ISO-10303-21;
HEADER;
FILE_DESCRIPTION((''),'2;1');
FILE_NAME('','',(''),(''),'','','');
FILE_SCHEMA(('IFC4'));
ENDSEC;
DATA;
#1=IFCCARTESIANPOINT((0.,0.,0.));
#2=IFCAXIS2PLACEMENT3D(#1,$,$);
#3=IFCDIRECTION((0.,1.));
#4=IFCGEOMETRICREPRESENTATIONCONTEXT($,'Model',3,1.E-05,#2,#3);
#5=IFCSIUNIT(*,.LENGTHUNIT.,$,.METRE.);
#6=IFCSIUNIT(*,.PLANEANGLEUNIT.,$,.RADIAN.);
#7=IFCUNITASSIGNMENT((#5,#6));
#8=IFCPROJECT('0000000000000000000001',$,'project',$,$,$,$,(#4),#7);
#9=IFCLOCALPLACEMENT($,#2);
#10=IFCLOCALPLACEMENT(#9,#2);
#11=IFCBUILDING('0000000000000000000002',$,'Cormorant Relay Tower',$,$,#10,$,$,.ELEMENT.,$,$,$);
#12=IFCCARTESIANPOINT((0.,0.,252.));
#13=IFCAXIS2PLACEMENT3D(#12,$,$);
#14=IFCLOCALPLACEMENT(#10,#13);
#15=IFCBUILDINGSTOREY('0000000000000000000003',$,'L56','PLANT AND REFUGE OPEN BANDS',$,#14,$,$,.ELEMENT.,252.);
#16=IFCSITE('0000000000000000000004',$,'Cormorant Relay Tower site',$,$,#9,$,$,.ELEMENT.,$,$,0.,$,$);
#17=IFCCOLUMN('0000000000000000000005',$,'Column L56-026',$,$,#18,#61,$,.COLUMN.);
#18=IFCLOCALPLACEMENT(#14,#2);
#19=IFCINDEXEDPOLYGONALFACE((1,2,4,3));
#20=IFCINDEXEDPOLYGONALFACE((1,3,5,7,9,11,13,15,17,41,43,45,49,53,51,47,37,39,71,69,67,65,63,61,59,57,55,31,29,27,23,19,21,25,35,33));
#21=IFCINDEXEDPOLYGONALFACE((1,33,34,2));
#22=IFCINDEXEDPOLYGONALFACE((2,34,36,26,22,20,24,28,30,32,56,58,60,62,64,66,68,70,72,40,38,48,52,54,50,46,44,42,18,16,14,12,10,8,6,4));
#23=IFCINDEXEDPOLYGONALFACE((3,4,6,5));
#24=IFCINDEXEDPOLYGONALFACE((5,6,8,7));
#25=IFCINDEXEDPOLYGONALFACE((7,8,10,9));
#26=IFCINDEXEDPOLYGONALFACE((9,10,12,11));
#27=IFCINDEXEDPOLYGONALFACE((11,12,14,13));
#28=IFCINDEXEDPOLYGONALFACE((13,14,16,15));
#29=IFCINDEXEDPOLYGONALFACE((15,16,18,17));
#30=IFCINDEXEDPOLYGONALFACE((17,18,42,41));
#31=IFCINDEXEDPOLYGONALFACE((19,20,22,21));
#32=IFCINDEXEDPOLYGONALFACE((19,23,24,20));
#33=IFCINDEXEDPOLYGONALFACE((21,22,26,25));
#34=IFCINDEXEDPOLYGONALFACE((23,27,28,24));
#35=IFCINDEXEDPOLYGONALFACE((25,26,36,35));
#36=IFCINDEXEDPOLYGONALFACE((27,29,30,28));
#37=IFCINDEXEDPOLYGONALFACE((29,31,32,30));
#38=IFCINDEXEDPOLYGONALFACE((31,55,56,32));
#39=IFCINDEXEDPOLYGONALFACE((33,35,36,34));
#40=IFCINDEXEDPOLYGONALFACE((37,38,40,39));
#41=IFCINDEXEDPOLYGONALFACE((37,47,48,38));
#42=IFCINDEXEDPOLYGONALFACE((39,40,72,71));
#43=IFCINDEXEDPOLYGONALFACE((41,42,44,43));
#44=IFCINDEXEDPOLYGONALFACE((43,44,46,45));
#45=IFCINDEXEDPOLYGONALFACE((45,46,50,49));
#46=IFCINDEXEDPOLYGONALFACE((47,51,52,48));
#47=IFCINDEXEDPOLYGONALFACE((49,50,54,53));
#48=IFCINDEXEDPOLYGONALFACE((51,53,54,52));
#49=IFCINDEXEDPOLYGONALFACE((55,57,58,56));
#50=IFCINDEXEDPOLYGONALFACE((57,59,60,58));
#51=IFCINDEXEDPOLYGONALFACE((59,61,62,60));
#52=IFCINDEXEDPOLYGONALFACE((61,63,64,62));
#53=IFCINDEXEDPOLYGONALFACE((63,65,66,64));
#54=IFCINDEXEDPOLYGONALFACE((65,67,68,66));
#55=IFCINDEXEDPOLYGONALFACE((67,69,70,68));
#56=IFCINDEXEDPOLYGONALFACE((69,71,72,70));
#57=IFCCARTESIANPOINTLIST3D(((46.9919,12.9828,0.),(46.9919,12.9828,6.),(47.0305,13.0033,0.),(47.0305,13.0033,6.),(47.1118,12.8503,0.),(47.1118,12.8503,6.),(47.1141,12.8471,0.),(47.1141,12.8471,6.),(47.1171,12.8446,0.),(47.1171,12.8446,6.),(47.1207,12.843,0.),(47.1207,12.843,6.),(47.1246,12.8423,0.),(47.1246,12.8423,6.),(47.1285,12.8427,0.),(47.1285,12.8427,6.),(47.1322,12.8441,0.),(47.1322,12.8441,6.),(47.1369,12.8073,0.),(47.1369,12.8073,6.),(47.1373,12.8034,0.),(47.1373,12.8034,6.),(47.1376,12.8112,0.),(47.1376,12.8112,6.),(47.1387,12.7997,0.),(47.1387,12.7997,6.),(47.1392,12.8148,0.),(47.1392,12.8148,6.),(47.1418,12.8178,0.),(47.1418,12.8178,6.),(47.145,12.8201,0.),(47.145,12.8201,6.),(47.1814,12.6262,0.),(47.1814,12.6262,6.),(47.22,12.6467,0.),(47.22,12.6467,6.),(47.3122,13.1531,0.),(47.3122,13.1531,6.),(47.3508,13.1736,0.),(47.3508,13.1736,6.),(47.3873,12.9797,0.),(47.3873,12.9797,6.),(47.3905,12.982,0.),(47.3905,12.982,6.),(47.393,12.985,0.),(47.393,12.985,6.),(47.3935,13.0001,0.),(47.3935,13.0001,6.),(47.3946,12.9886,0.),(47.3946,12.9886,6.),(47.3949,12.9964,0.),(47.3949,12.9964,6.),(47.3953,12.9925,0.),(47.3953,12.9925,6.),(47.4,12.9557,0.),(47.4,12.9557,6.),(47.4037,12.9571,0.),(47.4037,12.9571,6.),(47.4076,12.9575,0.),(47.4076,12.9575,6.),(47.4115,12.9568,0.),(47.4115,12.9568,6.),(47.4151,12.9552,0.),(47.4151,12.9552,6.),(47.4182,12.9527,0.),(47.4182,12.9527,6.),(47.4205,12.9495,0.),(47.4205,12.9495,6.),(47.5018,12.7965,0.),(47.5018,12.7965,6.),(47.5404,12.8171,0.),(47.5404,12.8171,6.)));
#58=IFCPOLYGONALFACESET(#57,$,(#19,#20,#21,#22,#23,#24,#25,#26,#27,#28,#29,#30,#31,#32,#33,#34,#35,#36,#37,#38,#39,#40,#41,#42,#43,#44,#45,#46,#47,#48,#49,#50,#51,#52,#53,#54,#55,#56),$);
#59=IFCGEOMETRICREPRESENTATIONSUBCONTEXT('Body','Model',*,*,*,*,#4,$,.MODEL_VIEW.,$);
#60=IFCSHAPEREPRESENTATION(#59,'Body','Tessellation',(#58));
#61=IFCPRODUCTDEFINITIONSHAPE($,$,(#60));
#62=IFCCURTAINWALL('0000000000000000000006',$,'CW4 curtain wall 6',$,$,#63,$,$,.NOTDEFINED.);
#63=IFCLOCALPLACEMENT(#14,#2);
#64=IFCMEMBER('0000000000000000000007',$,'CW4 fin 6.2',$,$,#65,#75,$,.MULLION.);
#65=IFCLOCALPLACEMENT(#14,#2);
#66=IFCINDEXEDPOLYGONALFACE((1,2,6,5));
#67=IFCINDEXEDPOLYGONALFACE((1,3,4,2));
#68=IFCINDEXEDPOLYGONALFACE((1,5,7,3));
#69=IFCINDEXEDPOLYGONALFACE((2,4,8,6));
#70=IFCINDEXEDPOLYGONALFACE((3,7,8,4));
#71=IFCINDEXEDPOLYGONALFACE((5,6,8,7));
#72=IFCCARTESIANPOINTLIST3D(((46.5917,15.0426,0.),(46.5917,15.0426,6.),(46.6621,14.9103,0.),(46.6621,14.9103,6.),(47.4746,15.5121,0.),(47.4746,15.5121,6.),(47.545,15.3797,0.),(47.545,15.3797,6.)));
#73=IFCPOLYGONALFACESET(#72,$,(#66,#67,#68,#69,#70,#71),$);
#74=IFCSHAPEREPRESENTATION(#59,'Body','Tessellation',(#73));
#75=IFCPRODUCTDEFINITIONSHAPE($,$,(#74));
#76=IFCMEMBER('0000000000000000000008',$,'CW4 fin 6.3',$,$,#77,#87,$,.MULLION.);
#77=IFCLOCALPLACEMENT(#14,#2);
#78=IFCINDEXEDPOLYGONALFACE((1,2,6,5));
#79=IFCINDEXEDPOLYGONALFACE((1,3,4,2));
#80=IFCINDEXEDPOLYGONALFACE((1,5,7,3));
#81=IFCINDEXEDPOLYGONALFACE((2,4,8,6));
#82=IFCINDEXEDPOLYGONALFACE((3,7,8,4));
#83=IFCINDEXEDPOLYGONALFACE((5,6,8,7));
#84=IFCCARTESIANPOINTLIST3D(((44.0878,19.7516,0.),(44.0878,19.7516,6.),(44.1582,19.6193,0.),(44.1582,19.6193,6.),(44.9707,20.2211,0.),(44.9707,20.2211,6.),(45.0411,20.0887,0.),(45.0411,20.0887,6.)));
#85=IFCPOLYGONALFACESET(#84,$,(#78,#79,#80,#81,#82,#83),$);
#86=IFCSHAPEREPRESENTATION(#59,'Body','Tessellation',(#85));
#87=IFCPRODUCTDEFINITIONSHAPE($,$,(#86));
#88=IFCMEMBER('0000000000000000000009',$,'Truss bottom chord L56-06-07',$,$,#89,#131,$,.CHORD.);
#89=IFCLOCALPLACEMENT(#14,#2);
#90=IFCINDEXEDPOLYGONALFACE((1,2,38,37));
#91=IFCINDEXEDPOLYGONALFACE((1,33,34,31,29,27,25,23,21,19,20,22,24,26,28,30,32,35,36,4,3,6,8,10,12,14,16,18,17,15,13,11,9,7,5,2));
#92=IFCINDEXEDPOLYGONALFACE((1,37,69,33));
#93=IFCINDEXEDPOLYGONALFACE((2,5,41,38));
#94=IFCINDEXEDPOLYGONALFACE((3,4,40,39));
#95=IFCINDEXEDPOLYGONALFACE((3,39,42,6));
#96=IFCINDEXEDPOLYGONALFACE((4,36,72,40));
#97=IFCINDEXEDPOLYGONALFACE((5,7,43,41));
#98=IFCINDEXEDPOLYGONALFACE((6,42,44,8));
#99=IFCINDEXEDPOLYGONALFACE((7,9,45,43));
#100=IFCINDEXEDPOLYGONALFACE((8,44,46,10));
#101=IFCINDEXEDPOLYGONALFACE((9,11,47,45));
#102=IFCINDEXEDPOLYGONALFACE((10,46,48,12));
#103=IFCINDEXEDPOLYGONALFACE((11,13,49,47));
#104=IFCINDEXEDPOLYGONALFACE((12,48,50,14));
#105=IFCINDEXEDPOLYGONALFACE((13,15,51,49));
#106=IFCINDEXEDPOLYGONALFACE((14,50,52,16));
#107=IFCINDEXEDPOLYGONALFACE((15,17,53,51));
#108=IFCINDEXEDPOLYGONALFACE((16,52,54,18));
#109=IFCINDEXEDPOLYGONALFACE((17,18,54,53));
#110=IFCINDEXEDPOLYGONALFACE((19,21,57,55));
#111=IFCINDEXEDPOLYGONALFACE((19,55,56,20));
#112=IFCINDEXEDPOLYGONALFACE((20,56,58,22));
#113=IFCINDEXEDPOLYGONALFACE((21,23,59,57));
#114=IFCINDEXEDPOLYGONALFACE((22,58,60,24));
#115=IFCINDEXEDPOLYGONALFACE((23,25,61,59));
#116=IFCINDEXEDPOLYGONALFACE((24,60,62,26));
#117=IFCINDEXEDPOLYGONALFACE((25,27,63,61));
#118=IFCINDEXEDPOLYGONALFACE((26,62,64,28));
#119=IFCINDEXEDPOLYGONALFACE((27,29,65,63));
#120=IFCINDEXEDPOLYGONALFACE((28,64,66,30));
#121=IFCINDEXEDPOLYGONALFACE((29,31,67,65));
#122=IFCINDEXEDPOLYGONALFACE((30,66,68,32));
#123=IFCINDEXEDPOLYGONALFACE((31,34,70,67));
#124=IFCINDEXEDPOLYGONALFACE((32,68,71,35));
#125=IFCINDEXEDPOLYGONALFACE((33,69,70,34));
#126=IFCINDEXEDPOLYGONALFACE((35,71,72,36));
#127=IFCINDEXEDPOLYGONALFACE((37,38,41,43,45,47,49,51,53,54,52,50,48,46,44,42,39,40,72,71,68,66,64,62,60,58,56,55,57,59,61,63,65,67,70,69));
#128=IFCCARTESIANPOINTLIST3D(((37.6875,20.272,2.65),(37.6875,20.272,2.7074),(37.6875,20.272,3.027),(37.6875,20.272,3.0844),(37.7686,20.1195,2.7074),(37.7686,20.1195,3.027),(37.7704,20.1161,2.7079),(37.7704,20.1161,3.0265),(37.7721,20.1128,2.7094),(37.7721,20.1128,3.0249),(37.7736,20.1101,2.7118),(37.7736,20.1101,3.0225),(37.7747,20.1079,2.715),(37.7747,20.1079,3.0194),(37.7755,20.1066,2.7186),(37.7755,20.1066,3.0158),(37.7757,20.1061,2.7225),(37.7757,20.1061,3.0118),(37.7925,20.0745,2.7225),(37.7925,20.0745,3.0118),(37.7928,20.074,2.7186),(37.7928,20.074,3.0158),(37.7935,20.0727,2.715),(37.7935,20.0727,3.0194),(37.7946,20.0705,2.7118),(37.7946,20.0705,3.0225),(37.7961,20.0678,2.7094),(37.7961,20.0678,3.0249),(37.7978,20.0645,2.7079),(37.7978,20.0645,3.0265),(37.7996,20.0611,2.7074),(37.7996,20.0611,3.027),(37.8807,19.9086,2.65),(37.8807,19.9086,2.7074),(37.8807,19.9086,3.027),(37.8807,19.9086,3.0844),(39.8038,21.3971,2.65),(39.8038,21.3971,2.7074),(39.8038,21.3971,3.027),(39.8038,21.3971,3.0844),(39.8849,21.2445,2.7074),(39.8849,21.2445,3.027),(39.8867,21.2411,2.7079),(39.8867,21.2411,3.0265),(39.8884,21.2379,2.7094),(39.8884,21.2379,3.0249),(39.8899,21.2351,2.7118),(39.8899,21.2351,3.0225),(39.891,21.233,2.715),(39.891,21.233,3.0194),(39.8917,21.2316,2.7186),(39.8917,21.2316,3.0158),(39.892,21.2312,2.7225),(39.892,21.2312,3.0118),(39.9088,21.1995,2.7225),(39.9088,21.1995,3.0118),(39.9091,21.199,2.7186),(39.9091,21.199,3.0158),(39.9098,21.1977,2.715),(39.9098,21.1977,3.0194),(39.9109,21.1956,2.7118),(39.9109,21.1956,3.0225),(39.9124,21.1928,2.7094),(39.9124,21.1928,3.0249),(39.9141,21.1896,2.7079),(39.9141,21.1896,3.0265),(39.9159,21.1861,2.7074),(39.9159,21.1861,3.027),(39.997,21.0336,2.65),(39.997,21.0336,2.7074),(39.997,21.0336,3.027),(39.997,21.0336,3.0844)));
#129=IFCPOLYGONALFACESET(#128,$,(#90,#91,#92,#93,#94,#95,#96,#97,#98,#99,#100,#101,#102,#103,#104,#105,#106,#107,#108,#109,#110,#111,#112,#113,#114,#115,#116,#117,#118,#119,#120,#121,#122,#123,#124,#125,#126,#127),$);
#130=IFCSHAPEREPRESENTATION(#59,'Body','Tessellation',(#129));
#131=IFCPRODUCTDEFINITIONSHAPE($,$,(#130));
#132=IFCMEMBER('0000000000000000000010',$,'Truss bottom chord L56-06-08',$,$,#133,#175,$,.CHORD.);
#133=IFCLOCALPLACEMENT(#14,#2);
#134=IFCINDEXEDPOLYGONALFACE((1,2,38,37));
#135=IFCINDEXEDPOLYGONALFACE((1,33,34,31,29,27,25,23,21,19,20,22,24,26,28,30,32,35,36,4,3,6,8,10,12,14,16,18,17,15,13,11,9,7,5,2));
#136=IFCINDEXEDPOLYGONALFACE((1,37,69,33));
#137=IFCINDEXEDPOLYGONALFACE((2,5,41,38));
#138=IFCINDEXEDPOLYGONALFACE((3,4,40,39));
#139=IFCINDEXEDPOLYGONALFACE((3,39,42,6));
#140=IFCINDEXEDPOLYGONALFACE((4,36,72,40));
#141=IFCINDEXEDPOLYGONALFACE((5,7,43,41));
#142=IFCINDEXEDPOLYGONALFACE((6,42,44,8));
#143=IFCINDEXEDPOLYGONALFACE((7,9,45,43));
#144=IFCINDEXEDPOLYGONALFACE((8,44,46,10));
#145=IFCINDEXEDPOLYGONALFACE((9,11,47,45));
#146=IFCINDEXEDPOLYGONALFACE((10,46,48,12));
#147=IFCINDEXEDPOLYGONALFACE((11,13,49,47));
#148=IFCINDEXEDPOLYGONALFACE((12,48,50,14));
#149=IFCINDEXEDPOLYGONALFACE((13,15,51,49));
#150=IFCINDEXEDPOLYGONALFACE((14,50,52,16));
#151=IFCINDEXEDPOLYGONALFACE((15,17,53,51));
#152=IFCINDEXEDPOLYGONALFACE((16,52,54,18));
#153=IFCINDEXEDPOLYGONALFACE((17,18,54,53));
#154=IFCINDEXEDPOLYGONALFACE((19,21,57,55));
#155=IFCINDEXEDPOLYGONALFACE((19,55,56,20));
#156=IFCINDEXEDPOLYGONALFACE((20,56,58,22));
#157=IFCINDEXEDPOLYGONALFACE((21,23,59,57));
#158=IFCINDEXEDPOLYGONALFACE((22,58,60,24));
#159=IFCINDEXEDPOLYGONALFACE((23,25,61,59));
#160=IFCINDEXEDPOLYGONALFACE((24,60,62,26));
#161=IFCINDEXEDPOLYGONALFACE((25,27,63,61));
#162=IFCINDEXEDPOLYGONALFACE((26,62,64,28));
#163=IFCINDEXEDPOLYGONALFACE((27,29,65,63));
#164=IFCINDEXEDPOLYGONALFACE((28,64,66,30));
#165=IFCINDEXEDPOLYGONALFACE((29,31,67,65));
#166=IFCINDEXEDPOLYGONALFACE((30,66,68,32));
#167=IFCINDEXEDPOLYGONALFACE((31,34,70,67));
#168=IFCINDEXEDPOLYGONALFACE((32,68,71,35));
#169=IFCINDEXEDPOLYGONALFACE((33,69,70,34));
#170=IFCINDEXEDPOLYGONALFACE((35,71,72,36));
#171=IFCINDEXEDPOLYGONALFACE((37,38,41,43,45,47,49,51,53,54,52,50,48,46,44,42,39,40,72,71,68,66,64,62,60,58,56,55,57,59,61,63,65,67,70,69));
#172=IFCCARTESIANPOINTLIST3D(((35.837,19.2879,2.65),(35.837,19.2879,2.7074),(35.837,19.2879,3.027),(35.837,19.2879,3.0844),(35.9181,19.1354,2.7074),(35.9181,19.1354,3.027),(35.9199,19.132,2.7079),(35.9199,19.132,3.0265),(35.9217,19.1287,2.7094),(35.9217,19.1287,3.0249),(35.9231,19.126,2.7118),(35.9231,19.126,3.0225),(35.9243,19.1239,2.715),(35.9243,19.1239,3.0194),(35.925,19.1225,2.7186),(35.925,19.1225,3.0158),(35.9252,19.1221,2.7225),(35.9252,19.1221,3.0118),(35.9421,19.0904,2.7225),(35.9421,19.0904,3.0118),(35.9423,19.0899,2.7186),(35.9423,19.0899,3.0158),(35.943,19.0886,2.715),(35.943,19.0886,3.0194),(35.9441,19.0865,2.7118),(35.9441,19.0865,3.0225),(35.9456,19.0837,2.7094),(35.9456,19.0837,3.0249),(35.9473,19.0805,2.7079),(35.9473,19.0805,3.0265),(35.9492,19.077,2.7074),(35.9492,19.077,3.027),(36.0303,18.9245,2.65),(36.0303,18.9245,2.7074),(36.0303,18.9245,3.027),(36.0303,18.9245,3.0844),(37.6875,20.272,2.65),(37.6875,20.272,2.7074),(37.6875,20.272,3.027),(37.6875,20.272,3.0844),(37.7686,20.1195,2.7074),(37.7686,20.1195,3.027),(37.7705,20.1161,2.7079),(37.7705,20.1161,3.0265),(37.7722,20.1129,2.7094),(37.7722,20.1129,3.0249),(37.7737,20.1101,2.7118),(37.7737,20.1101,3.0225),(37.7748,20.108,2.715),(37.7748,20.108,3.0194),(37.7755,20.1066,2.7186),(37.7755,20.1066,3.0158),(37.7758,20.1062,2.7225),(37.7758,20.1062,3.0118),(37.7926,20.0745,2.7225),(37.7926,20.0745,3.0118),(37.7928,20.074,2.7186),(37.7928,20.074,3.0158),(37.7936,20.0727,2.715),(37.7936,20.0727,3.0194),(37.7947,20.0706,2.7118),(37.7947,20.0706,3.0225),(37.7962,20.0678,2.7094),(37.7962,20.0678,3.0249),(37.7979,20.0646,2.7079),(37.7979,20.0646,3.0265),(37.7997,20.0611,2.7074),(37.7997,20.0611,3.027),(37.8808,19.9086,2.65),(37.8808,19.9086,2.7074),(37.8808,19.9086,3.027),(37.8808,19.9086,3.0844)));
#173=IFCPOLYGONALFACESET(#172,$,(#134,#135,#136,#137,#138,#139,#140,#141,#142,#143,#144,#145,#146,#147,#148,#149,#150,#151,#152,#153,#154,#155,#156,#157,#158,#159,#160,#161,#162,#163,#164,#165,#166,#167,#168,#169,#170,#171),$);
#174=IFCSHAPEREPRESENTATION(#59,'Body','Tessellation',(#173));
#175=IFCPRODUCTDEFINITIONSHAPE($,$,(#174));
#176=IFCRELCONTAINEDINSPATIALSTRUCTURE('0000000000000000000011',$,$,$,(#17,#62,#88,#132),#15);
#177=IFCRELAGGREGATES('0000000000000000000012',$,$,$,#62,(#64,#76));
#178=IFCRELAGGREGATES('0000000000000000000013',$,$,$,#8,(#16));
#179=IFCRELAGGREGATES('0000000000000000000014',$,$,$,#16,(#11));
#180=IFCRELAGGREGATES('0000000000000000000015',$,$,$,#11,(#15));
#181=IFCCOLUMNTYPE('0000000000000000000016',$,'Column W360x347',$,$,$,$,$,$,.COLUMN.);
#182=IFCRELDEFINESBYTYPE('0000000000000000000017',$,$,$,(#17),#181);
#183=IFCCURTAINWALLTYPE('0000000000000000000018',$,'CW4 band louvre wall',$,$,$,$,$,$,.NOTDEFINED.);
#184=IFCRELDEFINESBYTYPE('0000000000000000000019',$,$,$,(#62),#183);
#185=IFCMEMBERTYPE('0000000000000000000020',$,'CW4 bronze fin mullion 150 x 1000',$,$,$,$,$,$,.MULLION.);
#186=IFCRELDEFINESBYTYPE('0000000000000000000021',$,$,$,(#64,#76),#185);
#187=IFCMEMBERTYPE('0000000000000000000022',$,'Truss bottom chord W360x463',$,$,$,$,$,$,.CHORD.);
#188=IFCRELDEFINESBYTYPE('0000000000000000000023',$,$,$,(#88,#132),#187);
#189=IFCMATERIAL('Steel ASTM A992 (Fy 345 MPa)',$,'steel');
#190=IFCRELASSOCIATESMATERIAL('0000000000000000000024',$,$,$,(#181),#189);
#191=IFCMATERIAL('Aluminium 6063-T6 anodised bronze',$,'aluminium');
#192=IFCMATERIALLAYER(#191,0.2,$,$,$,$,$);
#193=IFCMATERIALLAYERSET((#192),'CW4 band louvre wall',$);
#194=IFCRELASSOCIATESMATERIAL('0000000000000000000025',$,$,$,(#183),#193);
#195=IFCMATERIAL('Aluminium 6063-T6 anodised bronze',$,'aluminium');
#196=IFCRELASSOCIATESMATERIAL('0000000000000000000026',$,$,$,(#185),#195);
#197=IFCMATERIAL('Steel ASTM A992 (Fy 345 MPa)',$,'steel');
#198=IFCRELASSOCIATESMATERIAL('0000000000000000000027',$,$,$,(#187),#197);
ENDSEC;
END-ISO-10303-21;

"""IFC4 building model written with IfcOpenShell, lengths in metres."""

from ifc_helpers import new_model, si_unit, direction, frame, origin, origin_2d, place, context, subcontext, project, spatial, rectangle, i_section, extrude, material, layer, layer_set, material_profile, profile_set, type_object, element, aggregate, save


model = new_model("IFC4")

# Units and contexts
model_context = context("Model", 3, precision=1e-05, world=origin(), true_north=direction((0.0, 1.0)))
body_context = subcontext(model_context, "Body", "Model", "MODEL_VIEW")
ifc_project = project(units=[si_unit("LENGTHUNIT", "METRE"), si_unit("PLANEANGLEUNIT", "RADIAN")], contexts=[model_context])

# Site, building, storey
site_placement = place(None, origin())
site = spatial("IfcSite", under=ifc_project, at=site_placement, Name="Cormorant Relay Tower site", CompositionType="ELEMENT", RefElevation=0.0)
building_placement = place(site_placement, origin())
building = spatial("IfcBuilding", under=site, at=building_placement, Name="Cormorant Relay Tower", CompositionType="ELEMENT")
storey_placement = place(building_placement, frame((0.0, 0.0, 252.0)))
storey = spatial("IfcBuildingStorey", under=building, at=storey_placement, Name="L56", Description="PLANT AND REFUGE OPEN BANDS", CompositionType="ELEMENT", Elevation=252.0)

# Column
ifc_material_1 = material(Name="Steel ASTM A992 (Fy 345 MPa)", Category="steel")
ifc_material_profile_1 = material_profile(ifc_material_1, i_section(OverallWidth=0.4038, OverallDepth=0.4065, WebThickness=0.0271, FlangeThickness=0.0437, FilletRadius=0.0151, at=origin_2d()), Name="W360x347")
ifc_profile_set_1 = profile_set([ifc_material_profile_1], Name="Steel ASTM A992 (Fy 345 MPa)")
column_type = type_object("IfcColumnType", Name="Column W360x347", PredefinedType="COLUMN", material=ifc_profile_set_1)
column_placement = place(storey_placement, frame((47.2661, 12.8999, 0.0), z_axis=(0.0, 0.0, 1.0), x_axis=(-0.469472, 0.882948, 0.0)))
element("IfcColumn", 1, at=column_placement, inside=storey, type_object=column_type, Name="Column L56-026", PredefinedType="COLUMN", context=body_context, shape_type="SweptSolid", body=[
    extrude(i_section(OverallWidth=0.4038, OverallDepth=0.4065, WebThickness=0.0271, FlangeThickness=0.0437, FilletRadius=0.0151, at=origin_2d()), origin(), (0.0, 0.0, 1.0), 6.0),
])

# Curtain wall, members
ifc_material_2 = material(Name="Aluminium 6063-T6 anodised bronze", Category="aluminium")
ifc_layer_1 = layer(ifc_material_2, 0.2)
ifc_layer_set_1 = layer_set([ifc_layer_1], Name="CW4 band louvre wall")
curtain_wall_type = type_object("IfcCurtainWallType", Name="CW4 band louvre wall", PredefinedType="NOTDEFINED", material=ifc_layer_set_1)
curtain_wall_placement = place(storey_placement, origin())
curtain_wall = element("IfcCurtainWall", 2, at=curtain_wall_placement, inside=storey, type_object=curtain_wall_type, Name="CW4 curtain wall 6", PredefinedType="NOTDEFINED")
ifc_material_3 = material(Name="Aluminium 6063-T6 anodised bronze", Category="aluminium")
ifc_material_profile_2 = material_profile(ifc_material_3, rectangle(XDim=0.1499, YDim=1.0, at=origin_2d()), Name="AL 150x1000")
ifc_profile_set_2 = profile_set([ifc_material_profile_2], Name="Aluminium 6063-T6 anodised bronze")
member_type_1 = type_object("IfcMemberType", Name="CW4 bronze fin mullion 150 x 1000", PredefinedType="MULLION", material=ifc_profile_set_2)
member_1_placement = place(storey_placement, frame((47.0684, 15.2112, 0.0), z_axis=(0.0, 0.0, 1.0), x_axis=(-0.469472, 0.882948, 0.0)))
member_1 = element("IfcMember", 3, at=member_1_placement, type_object=member_type_1, Name="CW4 fin 6.2", PredefinedType="MULLION", context=body_context, shape_type="SweptSolid", body=[
    extrude(rectangle(XDim=0.1499, YDim=1.0, at=origin_2d()), origin(), (0.0, 0.0, 1.0), 6.0),
])
member_2_placement = place(storey_placement, frame((44.5645, 19.9202, 0.0), z_axis=(0.0, 0.0, 1.0), x_axis=(-0.469472, 0.882948, 0.0)))
member_2 = element("IfcMember", 4, at=member_2_placement, type_object=member_type_1, Name="CW4 fin 6.3", PredefinedType="MULLION", context=body_context, shape_type="SweptSolid", body=[
    extrude(rectangle(XDim=0.1499, YDim=1.0, at=origin_2d()), origin(), (0.0, 0.0, 1.0), 6.0),
])

# Members
ifc_material_4 = material(Name="Steel ASTM A992 (Fy 345 MPa)", Category="steel")
ifc_material_profile_3 = material_profile(ifc_material_4, i_section(OverallWidth=0.4116, OverallDepth=0.4343, WebThickness=0.0359, FlangeThickness=0.0574, FilletRadius=0.0151, at=origin_2d()), Name="W360x463")
ifc_profile_set_3 = profile_set([ifc_material_profile_3], Name="Steel ASTM A992 (Fy 345 MPa)")
member_type_2 = type_object("IfcMemberType", Name="Truss bottom chord W360x463", PredefinedType="CHORD", material=ifc_profile_set_3)
member_3_placement = place(storey_placement, frame((39.9004, 21.2153, 2.8672), z_axis=(-0.882984, -0.469403, 0.0), x_axis=(0.469403, -0.882984, 0.0)))
element("IfcMember", 5, at=member_3_placement, inside=storey, type_object=member_type_2, Name="Truss bottom chord L56-06-07", PredefinedType="CHORD", context=body_context, shape_type="SweptSolid", body=[
    extrude(i_section(OverallWidth=0.4116, OverallDepth=0.4343, WebThickness=0.0359, FlangeThickness=0.0574, FilletRadius=0.0151, at=origin_2d()), origin(), (0.0, 0.0, 1.0), 2.3967),
])
member_4_placement = place(storey_placement, frame((37.7842, 20.0903, 2.8672), z_axis=(-0.882917, -0.46953, 0.0), x_axis=(0.46953, -0.882917, 0.0)))
element("IfcMember", 6, at=member_4_placement, inside=storey, type_object=member_type_2, Name="Truss bottom chord L56-06-08", PredefinedType="CHORD", context=body_context, shape_type="SweptSolid", body=[
    extrude(i_section(OverallWidth=0.4116, OverallDepth=0.4343, WebThickness=0.0359, FlangeThickness=0.0574, FilletRadius=0.0151, at=origin_2d()), origin(), (0.0, 0.0, 1.0), 2.0959),
])

aggregate(curtain_wall, [member_1, member_2])

save(model, "model.ifc")
